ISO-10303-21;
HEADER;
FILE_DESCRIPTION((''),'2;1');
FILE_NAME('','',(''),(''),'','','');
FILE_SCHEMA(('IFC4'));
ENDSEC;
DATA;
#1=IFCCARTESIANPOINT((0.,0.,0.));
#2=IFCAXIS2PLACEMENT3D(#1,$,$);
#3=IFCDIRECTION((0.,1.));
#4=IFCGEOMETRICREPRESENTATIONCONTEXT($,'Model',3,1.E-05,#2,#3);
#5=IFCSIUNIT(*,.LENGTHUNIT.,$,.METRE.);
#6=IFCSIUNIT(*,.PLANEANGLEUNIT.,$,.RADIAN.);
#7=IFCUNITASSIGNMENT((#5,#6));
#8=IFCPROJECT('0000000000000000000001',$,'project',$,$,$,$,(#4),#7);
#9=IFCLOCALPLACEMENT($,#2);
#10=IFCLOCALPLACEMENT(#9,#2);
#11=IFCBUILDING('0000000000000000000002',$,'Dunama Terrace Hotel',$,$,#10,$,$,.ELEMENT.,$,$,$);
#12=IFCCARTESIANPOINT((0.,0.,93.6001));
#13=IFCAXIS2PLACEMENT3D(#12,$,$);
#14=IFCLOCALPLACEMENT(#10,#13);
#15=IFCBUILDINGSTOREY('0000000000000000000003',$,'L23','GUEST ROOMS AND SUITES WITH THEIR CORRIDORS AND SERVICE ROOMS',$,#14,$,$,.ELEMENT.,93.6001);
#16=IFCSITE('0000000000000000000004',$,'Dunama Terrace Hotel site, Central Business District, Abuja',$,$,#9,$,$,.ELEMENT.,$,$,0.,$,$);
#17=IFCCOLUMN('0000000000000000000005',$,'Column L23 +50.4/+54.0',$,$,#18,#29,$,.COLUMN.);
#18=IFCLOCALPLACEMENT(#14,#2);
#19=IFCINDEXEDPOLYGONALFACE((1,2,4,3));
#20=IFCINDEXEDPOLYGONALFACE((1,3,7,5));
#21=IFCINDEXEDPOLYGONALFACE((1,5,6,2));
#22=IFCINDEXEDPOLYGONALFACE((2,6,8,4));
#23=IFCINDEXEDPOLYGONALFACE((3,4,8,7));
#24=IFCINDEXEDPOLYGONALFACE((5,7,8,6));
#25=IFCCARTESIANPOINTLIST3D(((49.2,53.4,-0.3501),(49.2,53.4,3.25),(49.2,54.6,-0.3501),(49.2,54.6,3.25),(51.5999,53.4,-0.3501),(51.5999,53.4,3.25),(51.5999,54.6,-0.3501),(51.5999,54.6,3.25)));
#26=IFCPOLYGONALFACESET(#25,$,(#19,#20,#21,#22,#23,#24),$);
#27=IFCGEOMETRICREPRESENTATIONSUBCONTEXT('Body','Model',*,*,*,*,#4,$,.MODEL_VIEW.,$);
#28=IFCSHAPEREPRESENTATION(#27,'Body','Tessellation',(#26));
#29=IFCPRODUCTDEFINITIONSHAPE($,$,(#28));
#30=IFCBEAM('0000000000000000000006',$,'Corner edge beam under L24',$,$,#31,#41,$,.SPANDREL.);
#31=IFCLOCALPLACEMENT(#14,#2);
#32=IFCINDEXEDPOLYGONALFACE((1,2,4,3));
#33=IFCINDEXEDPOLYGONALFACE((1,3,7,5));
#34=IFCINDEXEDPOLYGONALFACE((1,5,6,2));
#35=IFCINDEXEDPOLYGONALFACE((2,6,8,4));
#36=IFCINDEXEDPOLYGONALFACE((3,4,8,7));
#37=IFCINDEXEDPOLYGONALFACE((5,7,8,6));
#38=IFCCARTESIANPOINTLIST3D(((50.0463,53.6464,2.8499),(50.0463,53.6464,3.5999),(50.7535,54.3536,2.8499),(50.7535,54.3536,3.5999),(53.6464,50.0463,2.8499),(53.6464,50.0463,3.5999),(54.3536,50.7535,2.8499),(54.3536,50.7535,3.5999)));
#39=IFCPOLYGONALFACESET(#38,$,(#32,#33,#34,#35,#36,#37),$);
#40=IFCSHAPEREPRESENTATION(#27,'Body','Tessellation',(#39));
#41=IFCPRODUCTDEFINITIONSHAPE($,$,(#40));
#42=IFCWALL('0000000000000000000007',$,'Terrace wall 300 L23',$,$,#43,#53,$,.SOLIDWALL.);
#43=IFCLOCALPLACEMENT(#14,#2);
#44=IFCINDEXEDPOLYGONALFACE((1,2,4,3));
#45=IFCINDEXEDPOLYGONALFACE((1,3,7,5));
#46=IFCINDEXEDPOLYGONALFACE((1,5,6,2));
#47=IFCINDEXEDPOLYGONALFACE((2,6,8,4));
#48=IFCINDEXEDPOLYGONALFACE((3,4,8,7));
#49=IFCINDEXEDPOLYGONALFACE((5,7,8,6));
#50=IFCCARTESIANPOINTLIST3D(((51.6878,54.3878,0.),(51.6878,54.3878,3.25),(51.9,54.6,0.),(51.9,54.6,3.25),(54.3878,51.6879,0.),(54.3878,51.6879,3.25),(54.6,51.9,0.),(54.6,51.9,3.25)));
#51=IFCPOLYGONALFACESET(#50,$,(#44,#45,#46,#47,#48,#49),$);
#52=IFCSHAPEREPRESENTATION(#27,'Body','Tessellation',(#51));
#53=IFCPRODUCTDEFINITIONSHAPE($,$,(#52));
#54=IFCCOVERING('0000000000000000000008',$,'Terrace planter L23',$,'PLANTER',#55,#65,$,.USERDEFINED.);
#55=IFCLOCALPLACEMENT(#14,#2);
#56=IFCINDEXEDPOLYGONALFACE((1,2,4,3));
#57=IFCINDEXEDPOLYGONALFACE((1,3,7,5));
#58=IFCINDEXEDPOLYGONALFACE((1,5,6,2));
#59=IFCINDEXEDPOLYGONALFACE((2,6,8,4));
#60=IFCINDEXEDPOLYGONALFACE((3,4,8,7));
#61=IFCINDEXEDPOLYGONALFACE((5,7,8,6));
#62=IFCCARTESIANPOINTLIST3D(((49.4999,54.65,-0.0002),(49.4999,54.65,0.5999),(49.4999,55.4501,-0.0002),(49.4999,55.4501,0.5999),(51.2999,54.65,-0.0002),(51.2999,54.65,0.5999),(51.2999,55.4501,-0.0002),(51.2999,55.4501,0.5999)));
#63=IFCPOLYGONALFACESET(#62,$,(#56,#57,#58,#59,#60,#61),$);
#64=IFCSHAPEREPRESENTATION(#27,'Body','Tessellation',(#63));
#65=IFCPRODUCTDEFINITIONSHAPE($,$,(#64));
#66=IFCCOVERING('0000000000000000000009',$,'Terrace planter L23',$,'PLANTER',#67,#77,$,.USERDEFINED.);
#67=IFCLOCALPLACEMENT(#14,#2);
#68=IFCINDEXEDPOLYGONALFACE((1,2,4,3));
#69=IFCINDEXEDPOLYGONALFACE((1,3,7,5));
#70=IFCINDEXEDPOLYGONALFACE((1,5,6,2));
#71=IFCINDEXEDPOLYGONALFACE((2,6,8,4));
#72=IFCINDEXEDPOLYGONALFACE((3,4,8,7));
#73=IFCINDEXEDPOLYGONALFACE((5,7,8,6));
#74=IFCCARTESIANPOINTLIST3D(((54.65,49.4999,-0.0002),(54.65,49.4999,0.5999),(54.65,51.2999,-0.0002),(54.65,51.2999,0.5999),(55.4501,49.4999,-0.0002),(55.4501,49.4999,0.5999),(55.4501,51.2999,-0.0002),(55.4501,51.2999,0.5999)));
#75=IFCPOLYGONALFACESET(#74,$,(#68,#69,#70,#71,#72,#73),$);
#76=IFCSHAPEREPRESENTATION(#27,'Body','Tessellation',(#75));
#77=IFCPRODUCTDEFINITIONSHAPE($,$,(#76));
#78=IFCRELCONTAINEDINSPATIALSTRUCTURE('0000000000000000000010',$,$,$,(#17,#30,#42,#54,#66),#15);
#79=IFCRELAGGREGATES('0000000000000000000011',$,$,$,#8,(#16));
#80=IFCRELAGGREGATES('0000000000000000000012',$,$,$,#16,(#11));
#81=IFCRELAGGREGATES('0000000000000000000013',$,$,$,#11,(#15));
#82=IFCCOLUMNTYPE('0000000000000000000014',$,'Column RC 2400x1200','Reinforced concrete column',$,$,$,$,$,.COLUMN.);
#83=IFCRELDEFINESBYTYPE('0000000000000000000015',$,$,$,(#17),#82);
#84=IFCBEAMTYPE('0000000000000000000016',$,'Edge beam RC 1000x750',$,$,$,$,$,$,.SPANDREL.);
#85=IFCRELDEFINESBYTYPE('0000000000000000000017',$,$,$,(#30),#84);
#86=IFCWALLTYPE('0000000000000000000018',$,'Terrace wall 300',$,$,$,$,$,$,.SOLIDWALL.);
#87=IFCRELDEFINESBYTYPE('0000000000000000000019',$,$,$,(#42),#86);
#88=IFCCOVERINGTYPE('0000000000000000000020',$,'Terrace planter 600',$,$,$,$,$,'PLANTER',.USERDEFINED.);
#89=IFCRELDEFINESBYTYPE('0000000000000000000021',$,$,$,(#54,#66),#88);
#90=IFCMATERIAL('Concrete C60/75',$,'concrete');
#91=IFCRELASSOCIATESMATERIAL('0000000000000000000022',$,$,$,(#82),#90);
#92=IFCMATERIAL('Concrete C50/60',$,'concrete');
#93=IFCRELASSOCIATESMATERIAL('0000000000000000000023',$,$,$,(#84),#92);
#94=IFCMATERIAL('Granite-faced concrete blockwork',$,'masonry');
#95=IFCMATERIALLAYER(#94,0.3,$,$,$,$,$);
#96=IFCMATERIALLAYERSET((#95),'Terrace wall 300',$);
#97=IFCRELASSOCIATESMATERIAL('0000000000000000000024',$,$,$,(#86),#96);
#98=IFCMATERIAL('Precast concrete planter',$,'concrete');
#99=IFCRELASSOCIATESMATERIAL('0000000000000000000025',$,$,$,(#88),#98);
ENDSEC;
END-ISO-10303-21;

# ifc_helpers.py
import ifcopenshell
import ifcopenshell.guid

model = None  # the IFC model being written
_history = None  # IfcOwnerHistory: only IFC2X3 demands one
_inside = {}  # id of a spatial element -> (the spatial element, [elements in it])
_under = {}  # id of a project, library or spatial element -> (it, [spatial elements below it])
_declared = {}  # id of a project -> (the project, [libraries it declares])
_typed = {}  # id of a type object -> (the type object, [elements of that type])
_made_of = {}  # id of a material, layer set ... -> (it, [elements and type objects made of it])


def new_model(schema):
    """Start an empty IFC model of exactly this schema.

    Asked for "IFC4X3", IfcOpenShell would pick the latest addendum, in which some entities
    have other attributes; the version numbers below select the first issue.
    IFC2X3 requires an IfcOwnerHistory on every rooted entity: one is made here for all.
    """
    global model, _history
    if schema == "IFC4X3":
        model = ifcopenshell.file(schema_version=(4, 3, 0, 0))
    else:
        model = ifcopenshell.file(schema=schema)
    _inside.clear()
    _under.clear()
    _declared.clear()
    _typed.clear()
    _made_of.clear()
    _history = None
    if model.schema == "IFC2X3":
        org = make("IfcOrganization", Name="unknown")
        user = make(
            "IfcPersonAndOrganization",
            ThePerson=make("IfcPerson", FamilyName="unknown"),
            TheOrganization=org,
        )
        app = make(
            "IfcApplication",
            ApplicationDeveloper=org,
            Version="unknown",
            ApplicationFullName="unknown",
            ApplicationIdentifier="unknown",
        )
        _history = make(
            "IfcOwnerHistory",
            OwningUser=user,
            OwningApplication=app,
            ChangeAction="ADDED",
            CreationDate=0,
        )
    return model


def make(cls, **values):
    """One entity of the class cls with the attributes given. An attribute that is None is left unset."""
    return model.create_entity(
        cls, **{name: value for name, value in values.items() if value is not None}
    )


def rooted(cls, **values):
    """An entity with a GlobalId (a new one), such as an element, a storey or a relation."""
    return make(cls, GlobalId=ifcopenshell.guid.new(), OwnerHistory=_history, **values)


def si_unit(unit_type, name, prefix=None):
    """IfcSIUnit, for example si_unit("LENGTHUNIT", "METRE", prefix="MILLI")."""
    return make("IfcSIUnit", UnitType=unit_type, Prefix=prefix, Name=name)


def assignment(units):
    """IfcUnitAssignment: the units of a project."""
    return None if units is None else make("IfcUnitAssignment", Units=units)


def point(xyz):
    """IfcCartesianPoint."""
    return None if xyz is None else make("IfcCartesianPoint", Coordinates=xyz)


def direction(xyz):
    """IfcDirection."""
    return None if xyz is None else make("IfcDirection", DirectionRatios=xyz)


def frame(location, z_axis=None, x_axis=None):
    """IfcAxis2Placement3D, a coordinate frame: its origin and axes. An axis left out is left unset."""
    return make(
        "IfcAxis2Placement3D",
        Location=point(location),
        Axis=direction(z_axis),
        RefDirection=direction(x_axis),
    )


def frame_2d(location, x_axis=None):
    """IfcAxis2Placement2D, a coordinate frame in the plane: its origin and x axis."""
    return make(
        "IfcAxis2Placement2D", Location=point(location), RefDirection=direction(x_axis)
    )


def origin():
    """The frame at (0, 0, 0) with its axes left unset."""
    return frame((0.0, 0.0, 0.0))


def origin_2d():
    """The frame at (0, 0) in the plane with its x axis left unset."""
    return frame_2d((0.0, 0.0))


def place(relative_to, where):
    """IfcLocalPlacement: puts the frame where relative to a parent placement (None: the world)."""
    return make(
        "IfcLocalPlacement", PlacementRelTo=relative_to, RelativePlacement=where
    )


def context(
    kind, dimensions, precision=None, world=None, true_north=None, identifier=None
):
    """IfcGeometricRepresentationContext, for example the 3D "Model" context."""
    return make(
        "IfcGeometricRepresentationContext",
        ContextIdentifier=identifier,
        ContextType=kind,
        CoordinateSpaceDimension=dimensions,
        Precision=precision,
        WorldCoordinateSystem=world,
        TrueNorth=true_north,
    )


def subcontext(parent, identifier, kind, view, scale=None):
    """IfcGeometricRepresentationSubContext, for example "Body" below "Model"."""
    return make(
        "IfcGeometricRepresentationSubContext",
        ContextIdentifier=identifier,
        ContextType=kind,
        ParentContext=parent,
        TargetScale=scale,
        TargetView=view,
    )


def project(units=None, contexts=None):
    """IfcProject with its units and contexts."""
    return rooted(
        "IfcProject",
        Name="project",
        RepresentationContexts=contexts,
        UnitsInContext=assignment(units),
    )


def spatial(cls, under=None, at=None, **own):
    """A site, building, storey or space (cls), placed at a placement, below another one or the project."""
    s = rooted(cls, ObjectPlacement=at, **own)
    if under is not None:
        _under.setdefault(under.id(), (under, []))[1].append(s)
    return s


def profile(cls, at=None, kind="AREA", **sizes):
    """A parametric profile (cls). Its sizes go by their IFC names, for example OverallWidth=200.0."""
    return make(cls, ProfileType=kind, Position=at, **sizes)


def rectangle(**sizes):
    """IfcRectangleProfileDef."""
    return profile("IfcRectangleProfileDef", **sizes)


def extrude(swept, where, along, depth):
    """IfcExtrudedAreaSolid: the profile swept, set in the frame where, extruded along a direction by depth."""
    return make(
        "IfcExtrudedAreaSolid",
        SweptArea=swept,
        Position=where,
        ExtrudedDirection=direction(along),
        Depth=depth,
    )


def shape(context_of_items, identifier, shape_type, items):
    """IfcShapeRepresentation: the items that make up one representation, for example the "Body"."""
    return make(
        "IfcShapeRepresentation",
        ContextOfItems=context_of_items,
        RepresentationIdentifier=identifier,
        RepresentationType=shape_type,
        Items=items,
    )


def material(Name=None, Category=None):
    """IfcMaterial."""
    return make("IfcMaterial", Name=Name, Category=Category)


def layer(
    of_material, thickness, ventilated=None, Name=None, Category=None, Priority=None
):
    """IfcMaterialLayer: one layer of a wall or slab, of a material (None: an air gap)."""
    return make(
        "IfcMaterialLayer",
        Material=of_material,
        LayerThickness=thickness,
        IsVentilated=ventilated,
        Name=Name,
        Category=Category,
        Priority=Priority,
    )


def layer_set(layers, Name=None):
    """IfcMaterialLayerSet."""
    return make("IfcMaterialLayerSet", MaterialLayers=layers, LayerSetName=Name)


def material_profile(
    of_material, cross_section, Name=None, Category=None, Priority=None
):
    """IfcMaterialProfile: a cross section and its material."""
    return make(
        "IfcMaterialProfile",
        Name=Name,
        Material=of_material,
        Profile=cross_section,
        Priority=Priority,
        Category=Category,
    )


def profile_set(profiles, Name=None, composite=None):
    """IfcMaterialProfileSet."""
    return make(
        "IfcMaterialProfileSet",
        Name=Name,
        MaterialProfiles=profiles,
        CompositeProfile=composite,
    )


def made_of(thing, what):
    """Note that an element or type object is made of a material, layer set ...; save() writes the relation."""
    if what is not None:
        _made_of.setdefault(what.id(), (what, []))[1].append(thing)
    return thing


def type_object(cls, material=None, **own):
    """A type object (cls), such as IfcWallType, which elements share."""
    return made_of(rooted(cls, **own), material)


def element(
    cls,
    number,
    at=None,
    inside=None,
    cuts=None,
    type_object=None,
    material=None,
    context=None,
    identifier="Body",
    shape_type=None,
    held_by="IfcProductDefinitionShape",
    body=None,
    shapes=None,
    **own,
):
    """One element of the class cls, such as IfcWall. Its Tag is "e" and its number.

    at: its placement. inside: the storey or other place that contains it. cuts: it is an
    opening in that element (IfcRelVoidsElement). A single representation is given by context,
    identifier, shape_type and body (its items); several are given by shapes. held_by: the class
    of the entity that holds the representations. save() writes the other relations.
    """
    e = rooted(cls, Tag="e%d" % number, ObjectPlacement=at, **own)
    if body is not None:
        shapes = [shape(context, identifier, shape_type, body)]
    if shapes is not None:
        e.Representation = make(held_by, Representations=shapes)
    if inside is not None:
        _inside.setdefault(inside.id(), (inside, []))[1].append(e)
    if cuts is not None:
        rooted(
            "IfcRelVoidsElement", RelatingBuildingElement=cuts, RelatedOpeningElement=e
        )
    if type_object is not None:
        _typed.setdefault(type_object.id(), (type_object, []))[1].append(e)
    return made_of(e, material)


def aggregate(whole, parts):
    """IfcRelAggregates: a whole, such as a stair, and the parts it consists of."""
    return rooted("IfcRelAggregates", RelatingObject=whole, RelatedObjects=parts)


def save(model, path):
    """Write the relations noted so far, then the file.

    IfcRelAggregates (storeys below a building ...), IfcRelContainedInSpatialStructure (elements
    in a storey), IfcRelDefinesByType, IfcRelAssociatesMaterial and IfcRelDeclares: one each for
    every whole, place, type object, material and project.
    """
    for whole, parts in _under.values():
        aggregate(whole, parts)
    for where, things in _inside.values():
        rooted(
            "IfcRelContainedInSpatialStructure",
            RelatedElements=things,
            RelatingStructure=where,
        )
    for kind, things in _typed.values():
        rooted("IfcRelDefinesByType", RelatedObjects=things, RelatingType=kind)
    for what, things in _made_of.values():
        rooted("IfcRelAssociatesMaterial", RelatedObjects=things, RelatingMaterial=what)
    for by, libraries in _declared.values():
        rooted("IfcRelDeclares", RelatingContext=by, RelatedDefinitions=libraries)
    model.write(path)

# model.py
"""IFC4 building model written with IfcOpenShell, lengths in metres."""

from ifc_helpers import new_model, si_unit, direction, frame, frame_2d, origin, origin_2d, place, context, subcontext, project, spatial, rectangle, extrude, material, layer, layer_set, material_profile, profile_set, type_object, element, save


model = new_model("IFC4")

# Units and contexts
model_context = context("Model", 3, precision=1e-05, world=origin(), true_north=direction((0.0, 1.0)))
body_context = subcontext(model_context, "Body", "Model", "MODEL_VIEW")
ifc_project = project(units=[si_unit("LENGTHUNIT", "METRE"), si_unit("PLANEANGLEUNIT", "RADIAN")], contexts=[model_context])

# Site, building, storey
site_placement = place(None, origin())
site = spatial("IfcSite", under=ifc_project, at=site_placement, Name="Dunama Terrace Hotel site, Central Business District, Abuja", CompositionType="ELEMENT", RefElevation=0.0)
building_placement = place(site_placement, origin())
building = spatial("IfcBuilding", under=site, at=building_placement, Name="Dunama Terrace Hotel", CompositionType="ELEMENT")
storey_placement = place(building_placement, frame((0.0, 0.0, 93.6001)))
storey = spatial("IfcBuildingStorey", under=building, at=storey_placement, Name="L23", Description="GUEST ROOMS AND SUITES WITH THEIR CORRIDORS AND SERVICE ROOMS", CompositionType="ELEMENT", Elevation=93.6001)

# Column
ifc_material_1 = material(Name="Concrete C60/75", Category="concrete")
ifc_material_profile_1 = material_profile(ifc_material_1, rectangle(XDim=2.3999, YDim=1.2, at=origin_2d()), Name="RC 2400x1200")
ifc_profile_set_1 = profile_set([ifc_material_profile_1], Name="Concrete C60/75")
column_type = type_object("IfcColumnType", Name="Column RC 2400x1200", Description="Reinforced concrete column", PredefinedType="COLUMN", material=ifc_profile_set_1)
column_placement = place(storey_placement, frame((50.3999, 54.0, -0.3501), z_axis=(0.0, 0.0, 1.0), x_axis=(1.0, 0.0, 0.0)))
element("IfcColumn", 1, at=column_placement, inside=storey, type_object=column_type, Name="Column L23 +50.4/+54.0", PredefinedType="COLUMN", context=body_context, shape_type="SweptSolid", body=[
    extrude(rectangle(XDim=2.3999, YDim=1.2, at=origin_2d()), origin(), (0.0, 0.0, 1.0), 3.6001),
])

# Beam
ifc_material_2 = material(Name="Concrete C50/60", Category="concrete")
ifc_material_profile_2 = material_profile(ifc_material_2, rectangle(XDim=1.0, YDim=0.75, at=origin_2d()), Name="RC 1000x750")
ifc_profile_set_2 = profile_set([ifc_material_profile_2], Name="Concrete C50/60")
beam_type = type_object("IfcBeamType", Name="Edge beam RC 1000x750", PredefinedType="SPANDREL", material=ifc_profile_set_2)
beam_placement = place(storey_placement, frame((50.3999, 54.0, 3.2249), z_axis=(0.707107, -0.707107, 0.0), x_axis=(0.707107, 0.707107, 0.0)))
element("IfcBeam", 2, at=beam_placement, inside=storey, type_object=beam_type, Name="Corner edge beam under L24", PredefinedType="SPANDREL", context=body_context, shape_type="SweptSolid", body=[
    extrude(rectangle(XDim=1.0, YDim=0.75, at=origin_2d()), origin(), (0.0, 0.0, 1.0), 5.0913),
])

# Wall
ifc_material_3 = material(Name="Granite-faced concrete blockwork", Category="masonry")
ifc_layer = layer(ifc_material_3, 0.3)
ifc_layer_set = layer_set([ifc_layer], Name="Terrace wall 300")
wall_type = type_object("IfcWallType", Name="Terrace wall 300", PredefinedType="SOLIDWALL", material=ifc_layer_set)
wall_1_placement = place(storey_placement, frame((54.4939, 51.7939, 0.0), z_axis=(0.0, 0.0, 1.0), x_axis=(-0.707107, 0.707107, 0.0)))
element("IfcWall", 3, at=wall_1_placement, inside=storey, type_object=wall_type, Name="Terrace wall 300 L23", PredefinedType="SOLIDWALL", context=body_context, shape_type="SweptSolid", body=[
    extrude(rectangle(XDim=3.8184, YDim=0.3, at=frame_2d((1.9092, 0.0))), origin(), (0.0, 0.0, 1.0), 3.25),
])

# Coverings
ifc_material_4 = material(Name="Precast concrete planter", Category="concrete")
covering_type = type_object("IfcCoveringType", Name="Terrace planter 600", ElementType="PLANTER", PredefinedType="USERDEFINED", material=ifc_material_4)
covering_1_placement = place(storey_placement, frame((50.3999, 55.05, -0.0002), z_axis=(0.0, 0.0, 1.0), x_axis=(1.0, 0.0, 0.0)))
element("IfcCovering", 4, at=covering_1_placement, inside=storey, type_object=covering_type, Name="Terrace planter L23", ObjectType="PLANTER", PredefinedType="USERDEFINED", context=body_context, shape_type="SweptSolid", body=[
    extrude(rectangle(XDim=1.8, YDim=0.8, at=origin_2d()), origin(), (0.0, 0.0, 1.0), 0.6001),
])
covering_2_placement = place(storey_placement, frame((55.05, 50.3999, -0.0002), z_axis=(0.0, 0.0, 1.0), x_axis=(1.0, 0.0, 0.0)))
element("IfcCovering", 5, at=covering_2_placement, inside=storey, type_object=covering_type, Name="Terrace planter L23", ObjectType="PLANTER", PredefinedType="USERDEFINED", context=body_context, shape_type="SweptSolid", body=[
    extrude(rectangle(XDim=0.8, YDim=1.8, at=origin_2d()), origin(), (0.0, 0.0, 1.0), 0.6001),
])

save(model, "model.ifc")
